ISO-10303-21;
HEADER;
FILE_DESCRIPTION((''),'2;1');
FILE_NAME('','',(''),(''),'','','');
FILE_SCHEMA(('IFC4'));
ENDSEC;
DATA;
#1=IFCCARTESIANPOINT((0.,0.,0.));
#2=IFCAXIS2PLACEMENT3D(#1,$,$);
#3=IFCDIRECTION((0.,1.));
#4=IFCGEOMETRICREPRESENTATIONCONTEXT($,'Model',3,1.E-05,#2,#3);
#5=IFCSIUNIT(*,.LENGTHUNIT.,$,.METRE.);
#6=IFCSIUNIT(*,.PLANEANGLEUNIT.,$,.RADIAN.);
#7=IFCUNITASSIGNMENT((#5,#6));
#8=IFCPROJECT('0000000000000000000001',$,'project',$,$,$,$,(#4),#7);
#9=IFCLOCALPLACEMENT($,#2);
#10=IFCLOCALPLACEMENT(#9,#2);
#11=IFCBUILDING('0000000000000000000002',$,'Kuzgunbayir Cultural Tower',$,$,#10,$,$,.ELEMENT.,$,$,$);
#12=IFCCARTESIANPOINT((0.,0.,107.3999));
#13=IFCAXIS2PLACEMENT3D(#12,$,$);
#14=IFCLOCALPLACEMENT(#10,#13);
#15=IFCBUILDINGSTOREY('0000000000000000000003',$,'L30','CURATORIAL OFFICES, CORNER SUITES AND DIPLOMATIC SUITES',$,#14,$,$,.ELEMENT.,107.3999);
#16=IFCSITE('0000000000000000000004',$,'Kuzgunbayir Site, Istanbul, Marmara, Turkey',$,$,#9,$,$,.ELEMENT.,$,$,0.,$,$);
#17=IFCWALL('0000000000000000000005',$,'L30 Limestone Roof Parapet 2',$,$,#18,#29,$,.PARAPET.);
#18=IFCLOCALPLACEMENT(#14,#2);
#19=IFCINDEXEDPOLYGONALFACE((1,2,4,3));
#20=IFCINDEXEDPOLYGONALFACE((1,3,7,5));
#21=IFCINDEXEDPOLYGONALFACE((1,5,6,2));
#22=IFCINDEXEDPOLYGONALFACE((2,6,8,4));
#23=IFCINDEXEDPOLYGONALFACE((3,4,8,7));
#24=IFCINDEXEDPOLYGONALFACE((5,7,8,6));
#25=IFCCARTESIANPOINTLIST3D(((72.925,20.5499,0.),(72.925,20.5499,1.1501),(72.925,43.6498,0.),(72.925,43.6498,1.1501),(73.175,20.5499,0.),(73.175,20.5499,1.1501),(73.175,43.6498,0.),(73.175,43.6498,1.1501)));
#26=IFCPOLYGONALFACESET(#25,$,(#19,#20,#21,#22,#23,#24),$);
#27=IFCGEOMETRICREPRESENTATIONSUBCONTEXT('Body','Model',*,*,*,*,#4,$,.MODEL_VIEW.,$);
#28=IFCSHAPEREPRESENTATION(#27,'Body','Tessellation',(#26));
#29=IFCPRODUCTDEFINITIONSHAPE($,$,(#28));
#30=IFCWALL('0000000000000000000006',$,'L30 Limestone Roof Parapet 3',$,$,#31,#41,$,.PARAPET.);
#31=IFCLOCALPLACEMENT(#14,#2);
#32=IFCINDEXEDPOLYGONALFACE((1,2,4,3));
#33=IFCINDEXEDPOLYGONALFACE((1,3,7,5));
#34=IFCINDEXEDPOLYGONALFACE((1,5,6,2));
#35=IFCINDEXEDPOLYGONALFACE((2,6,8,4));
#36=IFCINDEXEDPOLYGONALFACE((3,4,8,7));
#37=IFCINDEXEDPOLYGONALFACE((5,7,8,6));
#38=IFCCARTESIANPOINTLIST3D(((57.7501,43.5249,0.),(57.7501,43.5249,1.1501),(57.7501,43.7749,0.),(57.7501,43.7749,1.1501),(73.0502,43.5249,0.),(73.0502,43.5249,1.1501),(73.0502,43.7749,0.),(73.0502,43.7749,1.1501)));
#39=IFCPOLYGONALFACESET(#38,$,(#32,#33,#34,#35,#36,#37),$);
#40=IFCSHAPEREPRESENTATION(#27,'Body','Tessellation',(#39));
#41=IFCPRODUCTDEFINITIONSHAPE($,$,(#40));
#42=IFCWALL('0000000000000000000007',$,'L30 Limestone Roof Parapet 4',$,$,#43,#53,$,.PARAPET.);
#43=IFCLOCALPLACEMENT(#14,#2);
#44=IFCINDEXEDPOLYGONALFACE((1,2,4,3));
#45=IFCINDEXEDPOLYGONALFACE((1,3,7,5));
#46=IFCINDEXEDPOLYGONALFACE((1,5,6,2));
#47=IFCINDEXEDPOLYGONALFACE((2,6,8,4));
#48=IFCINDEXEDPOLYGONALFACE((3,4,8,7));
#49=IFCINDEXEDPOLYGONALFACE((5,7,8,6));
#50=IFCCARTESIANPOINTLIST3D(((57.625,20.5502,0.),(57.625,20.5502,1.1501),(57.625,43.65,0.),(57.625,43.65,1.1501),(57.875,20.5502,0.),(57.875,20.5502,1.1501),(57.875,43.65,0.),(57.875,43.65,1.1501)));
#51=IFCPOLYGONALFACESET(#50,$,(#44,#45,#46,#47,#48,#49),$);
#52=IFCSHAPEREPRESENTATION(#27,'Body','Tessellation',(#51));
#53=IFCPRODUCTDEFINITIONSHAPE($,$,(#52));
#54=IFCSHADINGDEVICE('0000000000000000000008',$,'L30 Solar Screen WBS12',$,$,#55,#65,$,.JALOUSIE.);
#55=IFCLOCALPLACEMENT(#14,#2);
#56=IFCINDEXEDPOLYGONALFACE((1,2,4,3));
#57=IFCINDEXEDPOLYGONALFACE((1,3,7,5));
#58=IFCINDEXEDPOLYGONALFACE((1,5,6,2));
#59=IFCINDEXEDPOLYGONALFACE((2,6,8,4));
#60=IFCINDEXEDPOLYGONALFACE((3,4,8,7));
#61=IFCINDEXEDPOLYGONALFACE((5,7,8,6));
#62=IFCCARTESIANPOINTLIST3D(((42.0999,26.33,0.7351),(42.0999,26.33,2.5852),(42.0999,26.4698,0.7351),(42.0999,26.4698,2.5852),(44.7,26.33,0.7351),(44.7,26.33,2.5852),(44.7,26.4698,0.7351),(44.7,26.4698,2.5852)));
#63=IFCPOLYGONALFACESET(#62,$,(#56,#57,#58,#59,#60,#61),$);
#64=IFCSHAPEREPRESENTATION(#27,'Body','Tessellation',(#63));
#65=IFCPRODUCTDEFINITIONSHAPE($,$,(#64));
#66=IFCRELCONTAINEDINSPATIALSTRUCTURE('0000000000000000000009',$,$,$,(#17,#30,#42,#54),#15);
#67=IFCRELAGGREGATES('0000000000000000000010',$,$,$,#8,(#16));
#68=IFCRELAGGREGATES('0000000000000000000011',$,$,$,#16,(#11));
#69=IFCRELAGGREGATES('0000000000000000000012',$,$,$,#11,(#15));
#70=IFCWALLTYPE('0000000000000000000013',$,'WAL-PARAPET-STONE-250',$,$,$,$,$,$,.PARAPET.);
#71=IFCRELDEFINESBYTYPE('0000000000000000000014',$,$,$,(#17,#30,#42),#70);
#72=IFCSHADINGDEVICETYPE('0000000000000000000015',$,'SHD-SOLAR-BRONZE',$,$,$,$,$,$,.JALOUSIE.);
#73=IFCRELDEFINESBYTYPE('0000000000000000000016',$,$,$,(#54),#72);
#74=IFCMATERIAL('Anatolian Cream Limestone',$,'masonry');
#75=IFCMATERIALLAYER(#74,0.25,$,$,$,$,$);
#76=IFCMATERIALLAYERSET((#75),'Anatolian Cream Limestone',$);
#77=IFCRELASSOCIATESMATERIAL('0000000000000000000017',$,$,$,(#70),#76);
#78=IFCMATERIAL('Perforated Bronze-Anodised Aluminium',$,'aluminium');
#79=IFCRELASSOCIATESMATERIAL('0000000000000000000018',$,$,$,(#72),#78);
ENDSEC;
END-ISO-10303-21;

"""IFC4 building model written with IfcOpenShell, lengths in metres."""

from ifc_helpers import new_model, si_unit, direction, frame, frame_2d, origin, origin_2d, place, context, subcontext, project, spatial, rectangle, extrude, material, layer, layer_set, type_object, element, save


model = new_model("IFC4")

# Units and contexts
model_context = context("Model", 3, precision=1e-05, world=origin(), true_north=direction((0.0, 1.0)))
body_context = subcontext(model_context, "Body", "Model", "MODEL_VIEW")
ifc_project = project(units=[si_unit("LENGTHUNIT", "METRE"), si_unit("PLANEANGLEUNIT", "RADIAN")], contexts=[model_context])

# Site, building, storey
site_placement = place(None, origin())
site = spatial("IfcSite", under=ifc_project, at=site_placement, Name="Kuzgunbayir Site, Istanbul, Marmara, Turkey", CompositionType="ELEMENT", RefElevation=0.0)
building_placement = place(site_placement, origin())
building = spatial("IfcBuilding", under=site, at=building_placement, Name="Kuzgunbayir Cultural Tower", CompositionType="ELEMENT")
storey_placement = place(building_placement, frame((0.0, 0.0, 107.3999)))
storey = spatial("IfcBuildingStorey", under=building, at=storey_placement, Name="L30", Description="CURATORIAL OFFICES, CORNER SUITES AND DIPLOMATIC SUITES", CompositionType="ELEMENT", Elevation=107.3999)

# Shared definitions
ifc_material_1 = material(Name="Anatolian Cream Limestone", Category="masonry")

# Walls
ifc_layer_1 = layer(ifc_material_1, 0.25)
ifc_layer_set_1 = layer_set([ifc_layer_1], Name="Anatolian Cream Limestone")
wall_type_1 = type_object("IfcWallType", Name="WAL-PARAPET-STONE-250", PredefinedType="PARAPET", material=ifc_layer_set_1)
wall_1_placement = place(storey_placement, frame((73.05, 20.55, 0.0), z_axis=(0.0, 0.0, 1.0), x_axis=(0.0, 1.0, 0.0)))
element("IfcWall", 1, at=wall_1_placement, inside=storey, type_object=wall_type_1, Name="L30 Limestone Roof Parapet 2", PredefinedType="PARAPET", context=body_context, shape_type="SweptSolid", body=[
    extrude(rectangle(XDim=23.0999, YDim=0.25, at=frame_2d((11.5498, 0.0))), origin(), (0.0, 0.0, 1.0), 1.1501),
])
wall_2_placement = place(storey_placement, frame((73.05, 43.6499, 0.0), z_axis=(0.0, 0.0, 1.0), x_axis=(-1.0, 0.0, 0.0)))
element("IfcWall", 2, at=wall_2_placement, inside=storey, type_object=wall_type_1, Name="L30 Limestone Roof Parapet 3", PredefinedType="PARAPET", context=body_context, shape_type="SweptSolid", body=[
    extrude(rectangle(XDim=15.3, YDim=0.25, at=frame_2d((7.6499, 0.0))), origin(), (0.0, 0.0, 1.0), 1.1501),
])
wall_3_placement = place(storey_placement, frame((57.75, 43.6499, 0.0), z_axis=(0.0, 0.0, 1.0), x_axis=(0.0, -1.0, 0.0)))
element("IfcWall", 3, at=wall_3_placement, inside=storey, type_object=wall_type_1, Name="L30 Limestone Roof Parapet 4", PredefinedType="PARAPET", context=body_context, shape_type="SweptSolid", body=[
    extrude(rectangle(XDim=23.0999, YDim=0.25, at=frame_2d((11.5498, 0.0))), origin(), (0.0, 0.0, 1.0), 1.1501),
])

# Shading device
ifc_material_2 = material(Name="Perforated Bronze-Anodised Aluminium", Category="aluminium")
shading_device_type = type_object("IfcShadingDeviceType", Name="SHD-SOLAR-BRONZE", PredefinedType="JALOUSIE", material=ifc_material_2)
shading_device_placement = place(storey_placement, frame((43.3999, 26.3999, 0.7351), z_axis=(0.0, 0.0, 1.0), x_axis=(1.0, 0.0, 0.0)))
element("IfcShadingDevice", 4, at=shading_device_placement, inside=storey, type_object=shading_device_type, Name="L30 Solar Screen WBS12", PredefinedType="JALOUSIE", context=body_context, shape_type="SweptSolid", body=[
    extrude(rectangle(XDim=2.6001, YDim=0.1399, at=origin_2d()), origin(), (0.0, 0.0, 1.0), 1.8501),
])

save(model, "model.ifc")
